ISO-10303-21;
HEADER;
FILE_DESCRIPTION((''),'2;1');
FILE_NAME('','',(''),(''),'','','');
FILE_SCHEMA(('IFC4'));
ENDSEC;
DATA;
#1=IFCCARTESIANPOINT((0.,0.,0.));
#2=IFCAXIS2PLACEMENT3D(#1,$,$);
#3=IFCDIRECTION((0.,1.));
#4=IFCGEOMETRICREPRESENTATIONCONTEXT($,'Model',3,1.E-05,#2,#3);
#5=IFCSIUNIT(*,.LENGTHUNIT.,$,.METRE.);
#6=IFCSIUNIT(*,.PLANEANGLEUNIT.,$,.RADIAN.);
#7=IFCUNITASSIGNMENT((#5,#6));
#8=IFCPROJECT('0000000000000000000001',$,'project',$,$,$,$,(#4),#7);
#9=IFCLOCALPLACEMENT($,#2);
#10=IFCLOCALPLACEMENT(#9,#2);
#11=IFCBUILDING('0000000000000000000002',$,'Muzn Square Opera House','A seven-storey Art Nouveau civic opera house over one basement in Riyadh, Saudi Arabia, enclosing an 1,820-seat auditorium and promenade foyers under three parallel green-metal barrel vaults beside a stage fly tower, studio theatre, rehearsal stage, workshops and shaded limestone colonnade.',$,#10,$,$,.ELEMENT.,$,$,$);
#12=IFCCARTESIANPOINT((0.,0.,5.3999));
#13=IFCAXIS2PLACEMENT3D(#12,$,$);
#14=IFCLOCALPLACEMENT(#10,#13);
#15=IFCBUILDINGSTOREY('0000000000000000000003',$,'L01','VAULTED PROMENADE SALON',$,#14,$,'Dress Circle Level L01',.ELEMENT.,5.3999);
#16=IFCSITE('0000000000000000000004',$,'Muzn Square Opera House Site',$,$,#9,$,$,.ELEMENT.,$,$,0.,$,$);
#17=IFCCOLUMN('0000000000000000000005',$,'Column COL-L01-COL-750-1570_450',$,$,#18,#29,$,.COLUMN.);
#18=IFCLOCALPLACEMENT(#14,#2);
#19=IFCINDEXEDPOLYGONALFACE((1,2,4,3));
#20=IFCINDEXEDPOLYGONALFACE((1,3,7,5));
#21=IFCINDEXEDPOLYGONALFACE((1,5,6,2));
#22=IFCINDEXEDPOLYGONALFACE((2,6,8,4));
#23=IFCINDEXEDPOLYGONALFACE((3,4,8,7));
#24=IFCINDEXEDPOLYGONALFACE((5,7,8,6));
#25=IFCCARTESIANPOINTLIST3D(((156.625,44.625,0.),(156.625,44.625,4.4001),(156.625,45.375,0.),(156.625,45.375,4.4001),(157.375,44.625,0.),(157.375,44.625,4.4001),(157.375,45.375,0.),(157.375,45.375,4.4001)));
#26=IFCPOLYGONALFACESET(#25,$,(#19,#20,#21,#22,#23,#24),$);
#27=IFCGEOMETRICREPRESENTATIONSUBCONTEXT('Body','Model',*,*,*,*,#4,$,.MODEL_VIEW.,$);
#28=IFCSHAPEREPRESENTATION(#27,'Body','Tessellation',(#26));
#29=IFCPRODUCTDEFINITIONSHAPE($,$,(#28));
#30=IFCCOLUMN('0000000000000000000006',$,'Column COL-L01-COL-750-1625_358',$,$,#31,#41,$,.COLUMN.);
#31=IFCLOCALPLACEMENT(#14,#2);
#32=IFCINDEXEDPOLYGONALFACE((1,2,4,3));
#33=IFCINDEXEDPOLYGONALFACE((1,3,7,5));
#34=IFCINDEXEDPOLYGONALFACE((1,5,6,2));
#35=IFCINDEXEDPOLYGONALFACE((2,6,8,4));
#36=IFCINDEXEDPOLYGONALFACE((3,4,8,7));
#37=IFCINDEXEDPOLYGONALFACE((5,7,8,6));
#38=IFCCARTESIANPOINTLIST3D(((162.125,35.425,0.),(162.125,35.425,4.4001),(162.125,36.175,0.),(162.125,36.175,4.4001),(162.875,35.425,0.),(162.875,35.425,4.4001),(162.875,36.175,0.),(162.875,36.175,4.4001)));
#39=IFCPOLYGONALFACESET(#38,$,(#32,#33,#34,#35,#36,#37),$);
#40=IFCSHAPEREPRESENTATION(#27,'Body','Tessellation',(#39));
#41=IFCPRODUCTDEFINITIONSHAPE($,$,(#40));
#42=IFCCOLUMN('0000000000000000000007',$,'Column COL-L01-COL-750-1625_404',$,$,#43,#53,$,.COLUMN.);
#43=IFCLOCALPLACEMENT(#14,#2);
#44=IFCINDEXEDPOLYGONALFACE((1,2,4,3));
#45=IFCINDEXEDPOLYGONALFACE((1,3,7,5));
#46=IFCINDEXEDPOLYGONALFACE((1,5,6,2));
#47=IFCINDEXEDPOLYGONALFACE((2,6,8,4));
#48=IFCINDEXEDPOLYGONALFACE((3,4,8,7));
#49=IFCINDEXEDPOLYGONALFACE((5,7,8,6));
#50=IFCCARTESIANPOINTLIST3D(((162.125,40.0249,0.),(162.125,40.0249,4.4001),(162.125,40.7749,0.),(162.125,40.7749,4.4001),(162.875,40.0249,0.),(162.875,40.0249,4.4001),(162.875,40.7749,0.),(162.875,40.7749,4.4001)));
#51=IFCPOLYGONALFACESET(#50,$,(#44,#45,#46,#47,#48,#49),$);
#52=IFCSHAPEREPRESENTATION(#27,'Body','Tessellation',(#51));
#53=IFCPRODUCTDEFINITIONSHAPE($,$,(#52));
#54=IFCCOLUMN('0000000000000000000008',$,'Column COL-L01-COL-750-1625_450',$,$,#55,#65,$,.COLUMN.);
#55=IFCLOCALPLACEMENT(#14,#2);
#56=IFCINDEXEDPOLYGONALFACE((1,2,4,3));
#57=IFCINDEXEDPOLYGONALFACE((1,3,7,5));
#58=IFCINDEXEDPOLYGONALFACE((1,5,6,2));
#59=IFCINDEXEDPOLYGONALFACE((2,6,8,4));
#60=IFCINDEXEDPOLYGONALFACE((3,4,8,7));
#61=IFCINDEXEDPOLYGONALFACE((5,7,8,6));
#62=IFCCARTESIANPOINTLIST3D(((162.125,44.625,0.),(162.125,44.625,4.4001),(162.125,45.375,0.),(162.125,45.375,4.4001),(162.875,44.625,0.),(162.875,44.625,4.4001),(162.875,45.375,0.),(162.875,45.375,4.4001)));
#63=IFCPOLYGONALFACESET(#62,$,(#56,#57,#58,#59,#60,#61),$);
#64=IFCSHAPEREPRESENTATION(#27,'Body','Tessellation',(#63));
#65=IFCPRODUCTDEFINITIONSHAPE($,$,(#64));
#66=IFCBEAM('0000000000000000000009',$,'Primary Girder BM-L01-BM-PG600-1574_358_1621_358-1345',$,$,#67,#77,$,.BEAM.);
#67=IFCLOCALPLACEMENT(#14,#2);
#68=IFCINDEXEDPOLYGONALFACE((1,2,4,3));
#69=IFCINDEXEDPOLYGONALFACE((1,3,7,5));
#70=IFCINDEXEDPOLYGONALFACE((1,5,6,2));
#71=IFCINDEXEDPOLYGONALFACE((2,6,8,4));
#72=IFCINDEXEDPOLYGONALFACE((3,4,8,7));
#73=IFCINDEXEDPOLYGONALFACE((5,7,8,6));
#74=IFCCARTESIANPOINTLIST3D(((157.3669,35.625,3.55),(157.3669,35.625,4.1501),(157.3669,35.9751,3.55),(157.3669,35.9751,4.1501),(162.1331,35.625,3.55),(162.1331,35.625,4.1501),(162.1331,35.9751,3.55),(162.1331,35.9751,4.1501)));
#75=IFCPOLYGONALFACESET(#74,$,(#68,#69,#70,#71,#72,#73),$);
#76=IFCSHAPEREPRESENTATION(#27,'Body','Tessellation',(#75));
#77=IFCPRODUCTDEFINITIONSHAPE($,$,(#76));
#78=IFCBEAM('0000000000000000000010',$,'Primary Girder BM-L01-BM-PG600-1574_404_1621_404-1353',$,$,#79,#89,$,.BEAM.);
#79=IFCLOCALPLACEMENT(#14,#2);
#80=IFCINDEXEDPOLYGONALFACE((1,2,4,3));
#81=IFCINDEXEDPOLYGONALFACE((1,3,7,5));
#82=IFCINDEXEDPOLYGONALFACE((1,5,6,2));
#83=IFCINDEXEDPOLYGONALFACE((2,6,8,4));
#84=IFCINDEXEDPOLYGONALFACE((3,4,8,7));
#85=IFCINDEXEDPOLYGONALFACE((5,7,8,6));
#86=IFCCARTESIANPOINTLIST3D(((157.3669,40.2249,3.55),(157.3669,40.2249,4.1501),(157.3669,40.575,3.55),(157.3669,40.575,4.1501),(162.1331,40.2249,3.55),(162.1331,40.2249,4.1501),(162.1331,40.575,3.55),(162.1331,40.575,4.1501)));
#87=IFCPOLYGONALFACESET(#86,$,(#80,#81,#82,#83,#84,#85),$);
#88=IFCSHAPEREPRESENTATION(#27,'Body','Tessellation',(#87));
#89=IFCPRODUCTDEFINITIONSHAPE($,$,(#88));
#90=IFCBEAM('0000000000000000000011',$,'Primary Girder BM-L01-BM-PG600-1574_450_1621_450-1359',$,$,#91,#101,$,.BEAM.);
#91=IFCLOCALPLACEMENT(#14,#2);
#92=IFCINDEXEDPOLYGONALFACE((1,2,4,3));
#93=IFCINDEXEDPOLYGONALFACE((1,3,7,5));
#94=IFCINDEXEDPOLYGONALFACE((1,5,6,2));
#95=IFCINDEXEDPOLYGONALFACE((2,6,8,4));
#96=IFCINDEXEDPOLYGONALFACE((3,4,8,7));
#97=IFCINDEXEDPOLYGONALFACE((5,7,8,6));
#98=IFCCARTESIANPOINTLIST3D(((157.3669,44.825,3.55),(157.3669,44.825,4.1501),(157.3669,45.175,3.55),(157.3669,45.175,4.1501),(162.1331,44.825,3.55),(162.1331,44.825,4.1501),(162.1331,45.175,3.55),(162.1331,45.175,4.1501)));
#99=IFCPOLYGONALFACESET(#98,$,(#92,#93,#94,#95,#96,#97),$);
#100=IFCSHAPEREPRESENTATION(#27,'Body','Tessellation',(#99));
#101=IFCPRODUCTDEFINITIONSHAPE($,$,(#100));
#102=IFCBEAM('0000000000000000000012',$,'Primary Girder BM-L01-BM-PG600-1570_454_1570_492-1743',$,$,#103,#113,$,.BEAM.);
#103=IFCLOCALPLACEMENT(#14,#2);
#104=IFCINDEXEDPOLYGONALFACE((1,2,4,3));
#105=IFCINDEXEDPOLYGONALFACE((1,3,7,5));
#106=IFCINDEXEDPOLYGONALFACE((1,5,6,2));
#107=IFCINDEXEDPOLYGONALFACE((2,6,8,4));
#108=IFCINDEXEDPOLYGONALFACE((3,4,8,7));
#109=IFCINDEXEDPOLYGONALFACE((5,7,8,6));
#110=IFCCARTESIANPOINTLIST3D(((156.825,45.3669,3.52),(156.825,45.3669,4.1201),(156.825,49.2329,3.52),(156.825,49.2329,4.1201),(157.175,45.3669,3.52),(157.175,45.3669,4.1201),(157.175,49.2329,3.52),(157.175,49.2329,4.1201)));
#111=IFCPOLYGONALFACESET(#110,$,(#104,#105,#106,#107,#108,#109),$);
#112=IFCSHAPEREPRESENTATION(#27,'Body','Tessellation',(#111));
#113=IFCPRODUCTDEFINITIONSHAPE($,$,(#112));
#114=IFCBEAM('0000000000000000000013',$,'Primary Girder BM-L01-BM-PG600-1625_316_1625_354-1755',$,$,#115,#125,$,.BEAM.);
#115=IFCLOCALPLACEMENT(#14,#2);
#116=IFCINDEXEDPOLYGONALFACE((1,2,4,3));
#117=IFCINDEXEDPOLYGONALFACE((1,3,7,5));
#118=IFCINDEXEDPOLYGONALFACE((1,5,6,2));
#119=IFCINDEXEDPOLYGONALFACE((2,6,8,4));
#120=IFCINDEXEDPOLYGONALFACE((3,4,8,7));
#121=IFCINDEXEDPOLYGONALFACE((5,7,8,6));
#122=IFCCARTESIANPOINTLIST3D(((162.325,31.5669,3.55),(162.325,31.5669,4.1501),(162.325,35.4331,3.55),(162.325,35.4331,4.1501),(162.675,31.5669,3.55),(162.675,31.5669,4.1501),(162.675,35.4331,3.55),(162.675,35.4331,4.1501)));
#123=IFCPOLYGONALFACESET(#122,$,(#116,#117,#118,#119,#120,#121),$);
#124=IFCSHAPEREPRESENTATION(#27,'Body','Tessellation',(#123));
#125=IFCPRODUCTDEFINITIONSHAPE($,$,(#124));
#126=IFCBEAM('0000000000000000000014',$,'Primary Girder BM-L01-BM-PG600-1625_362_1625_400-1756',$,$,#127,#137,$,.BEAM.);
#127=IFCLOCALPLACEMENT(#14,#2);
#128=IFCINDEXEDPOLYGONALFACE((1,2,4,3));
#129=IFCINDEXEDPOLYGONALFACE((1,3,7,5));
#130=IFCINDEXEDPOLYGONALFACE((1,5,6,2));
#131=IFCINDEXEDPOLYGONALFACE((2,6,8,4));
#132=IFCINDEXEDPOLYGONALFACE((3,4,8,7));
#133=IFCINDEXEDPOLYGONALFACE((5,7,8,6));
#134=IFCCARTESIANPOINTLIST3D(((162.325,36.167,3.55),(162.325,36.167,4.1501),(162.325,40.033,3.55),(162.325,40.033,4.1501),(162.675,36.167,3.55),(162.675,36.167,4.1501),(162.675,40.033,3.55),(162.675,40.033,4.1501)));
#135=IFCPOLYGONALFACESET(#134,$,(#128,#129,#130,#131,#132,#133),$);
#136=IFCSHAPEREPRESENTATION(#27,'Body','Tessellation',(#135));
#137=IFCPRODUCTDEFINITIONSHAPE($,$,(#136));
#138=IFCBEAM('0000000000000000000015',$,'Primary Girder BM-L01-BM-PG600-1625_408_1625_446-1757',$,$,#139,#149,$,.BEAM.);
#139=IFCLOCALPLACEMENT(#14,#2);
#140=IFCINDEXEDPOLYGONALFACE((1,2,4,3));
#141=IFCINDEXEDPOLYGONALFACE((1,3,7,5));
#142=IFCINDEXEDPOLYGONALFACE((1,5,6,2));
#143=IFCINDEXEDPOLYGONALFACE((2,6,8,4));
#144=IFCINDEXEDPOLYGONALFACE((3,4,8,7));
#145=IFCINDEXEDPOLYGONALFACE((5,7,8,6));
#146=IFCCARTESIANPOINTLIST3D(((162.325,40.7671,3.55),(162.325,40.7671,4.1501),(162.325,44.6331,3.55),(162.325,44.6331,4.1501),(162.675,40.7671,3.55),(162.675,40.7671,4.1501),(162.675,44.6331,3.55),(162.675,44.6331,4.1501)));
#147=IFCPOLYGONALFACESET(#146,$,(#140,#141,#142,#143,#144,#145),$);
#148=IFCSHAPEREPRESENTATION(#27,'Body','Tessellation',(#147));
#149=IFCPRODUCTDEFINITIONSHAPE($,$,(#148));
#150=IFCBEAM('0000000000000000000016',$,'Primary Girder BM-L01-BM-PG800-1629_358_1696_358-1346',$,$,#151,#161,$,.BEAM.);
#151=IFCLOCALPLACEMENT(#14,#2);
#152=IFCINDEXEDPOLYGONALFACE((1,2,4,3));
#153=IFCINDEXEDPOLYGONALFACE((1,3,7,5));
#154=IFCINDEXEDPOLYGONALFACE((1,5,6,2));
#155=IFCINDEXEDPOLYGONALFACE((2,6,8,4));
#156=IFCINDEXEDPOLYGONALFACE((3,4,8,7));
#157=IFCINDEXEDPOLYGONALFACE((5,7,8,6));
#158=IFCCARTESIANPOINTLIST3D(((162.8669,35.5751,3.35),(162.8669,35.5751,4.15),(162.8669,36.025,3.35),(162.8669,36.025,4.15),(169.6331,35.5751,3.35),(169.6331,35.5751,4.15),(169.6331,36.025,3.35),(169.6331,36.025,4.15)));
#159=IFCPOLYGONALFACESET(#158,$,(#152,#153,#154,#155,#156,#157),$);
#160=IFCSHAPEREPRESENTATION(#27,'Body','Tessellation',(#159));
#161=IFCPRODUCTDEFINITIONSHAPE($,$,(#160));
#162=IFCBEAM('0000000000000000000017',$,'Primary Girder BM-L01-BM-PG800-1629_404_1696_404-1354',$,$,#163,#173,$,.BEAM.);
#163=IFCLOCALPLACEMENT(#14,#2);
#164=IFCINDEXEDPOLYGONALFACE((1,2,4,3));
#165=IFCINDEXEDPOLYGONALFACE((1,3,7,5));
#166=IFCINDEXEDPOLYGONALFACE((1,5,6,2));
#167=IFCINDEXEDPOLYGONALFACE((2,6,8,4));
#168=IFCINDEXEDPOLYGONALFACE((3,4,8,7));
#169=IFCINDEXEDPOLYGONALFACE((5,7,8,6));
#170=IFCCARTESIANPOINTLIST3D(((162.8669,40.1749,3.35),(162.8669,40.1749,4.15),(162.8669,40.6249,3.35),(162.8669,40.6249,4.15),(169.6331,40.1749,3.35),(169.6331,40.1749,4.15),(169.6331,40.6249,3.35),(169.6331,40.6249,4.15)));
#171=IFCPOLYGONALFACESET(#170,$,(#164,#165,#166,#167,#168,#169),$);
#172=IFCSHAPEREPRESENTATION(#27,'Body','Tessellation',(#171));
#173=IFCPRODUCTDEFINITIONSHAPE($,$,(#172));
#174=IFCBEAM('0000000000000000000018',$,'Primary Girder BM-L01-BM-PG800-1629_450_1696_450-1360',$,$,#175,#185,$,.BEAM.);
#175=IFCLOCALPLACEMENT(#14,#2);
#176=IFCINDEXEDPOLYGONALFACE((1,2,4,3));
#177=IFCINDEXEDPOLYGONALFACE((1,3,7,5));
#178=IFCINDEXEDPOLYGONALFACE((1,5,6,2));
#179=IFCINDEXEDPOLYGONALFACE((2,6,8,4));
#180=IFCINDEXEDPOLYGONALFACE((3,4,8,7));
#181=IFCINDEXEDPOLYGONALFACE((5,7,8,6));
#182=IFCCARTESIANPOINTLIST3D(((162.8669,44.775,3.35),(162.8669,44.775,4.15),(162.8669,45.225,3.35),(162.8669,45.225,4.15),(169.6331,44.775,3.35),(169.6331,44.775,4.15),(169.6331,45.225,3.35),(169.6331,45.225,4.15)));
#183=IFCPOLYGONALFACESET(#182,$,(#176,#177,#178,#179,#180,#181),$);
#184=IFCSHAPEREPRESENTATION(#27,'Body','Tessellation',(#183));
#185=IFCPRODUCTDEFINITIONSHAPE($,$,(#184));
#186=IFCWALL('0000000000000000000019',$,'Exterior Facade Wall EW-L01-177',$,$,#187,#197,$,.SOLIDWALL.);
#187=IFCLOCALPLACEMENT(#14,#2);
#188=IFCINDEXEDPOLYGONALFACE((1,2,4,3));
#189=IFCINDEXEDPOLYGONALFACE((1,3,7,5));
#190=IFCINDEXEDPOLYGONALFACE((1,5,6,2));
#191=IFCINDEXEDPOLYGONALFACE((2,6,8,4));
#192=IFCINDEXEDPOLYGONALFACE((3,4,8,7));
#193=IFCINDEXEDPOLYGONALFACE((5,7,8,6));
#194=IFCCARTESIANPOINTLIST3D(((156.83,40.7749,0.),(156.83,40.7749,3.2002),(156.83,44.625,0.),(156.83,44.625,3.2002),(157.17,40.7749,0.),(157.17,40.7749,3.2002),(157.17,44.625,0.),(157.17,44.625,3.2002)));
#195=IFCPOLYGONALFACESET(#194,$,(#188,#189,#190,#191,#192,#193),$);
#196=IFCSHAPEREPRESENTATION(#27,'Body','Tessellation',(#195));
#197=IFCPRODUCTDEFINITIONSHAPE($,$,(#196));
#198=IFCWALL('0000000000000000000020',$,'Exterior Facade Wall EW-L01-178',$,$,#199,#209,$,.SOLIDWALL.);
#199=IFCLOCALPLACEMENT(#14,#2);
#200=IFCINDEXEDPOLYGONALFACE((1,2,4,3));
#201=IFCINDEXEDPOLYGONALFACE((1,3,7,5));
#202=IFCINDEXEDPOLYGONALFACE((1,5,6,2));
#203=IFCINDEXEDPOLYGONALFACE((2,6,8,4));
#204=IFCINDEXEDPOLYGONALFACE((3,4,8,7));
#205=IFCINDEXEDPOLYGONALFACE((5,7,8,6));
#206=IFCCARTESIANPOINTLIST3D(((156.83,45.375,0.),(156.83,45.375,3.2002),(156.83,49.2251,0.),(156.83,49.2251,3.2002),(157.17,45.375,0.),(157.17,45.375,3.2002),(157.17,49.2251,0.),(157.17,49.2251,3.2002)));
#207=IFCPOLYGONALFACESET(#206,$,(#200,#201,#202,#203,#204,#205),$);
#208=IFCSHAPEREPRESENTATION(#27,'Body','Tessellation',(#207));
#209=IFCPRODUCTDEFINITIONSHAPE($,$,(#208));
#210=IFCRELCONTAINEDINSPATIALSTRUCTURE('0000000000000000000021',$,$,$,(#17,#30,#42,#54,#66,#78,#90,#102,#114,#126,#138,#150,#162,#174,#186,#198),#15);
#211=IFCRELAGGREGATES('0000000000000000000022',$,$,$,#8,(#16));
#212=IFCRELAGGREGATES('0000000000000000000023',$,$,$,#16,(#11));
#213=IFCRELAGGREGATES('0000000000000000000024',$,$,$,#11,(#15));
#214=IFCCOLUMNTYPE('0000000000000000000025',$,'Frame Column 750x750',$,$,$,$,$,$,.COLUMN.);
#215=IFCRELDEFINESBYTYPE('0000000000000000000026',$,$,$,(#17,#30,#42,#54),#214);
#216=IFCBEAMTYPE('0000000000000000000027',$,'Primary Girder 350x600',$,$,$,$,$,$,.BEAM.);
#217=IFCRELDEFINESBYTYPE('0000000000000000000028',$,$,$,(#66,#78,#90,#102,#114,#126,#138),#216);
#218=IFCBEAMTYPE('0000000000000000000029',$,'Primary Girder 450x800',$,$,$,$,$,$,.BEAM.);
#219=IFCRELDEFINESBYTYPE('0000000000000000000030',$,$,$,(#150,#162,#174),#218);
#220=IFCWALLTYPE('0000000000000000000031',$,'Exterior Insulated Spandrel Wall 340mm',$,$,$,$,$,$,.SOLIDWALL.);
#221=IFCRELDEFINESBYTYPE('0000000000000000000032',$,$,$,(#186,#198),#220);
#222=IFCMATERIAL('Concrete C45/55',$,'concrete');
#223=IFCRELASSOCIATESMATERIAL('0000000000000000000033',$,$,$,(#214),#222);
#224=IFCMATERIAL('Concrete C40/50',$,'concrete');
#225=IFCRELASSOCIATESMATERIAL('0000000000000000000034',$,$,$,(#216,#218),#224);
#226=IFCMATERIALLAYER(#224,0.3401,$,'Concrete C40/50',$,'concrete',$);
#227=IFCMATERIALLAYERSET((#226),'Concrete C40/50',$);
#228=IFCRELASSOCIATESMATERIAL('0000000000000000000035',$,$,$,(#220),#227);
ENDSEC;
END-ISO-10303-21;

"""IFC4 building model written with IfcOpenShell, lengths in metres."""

from ifc_helpers import new_model, si_unit, direction, frame, frame_2d, origin, origin_2d, place, context, subcontext, project, spatial, rectangle, extrude, material, layer, layer_set, material_profile, profile_set, type_object, element, save


model = new_model("IFC4")

# Units and contexts
model_context = context("Model", 3, precision=1e-05, world=origin(), true_north=direction((0.0, 1.0)))
body_context = subcontext(model_context, "Body", "Model", "MODEL_VIEW")
ifc_project = project(units=[si_unit("LENGTHUNIT", "METRE"), si_unit("PLANEANGLEUNIT", "RADIAN")], contexts=[model_context])

# Site, building, storey
site_placement = place(None, origin())
site = spatial("IfcSite", under=ifc_project, at=site_placement, Name="Muzn Square Opera House Site", CompositionType="ELEMENT", RefElevation=0.0)
building_placement = place(site_placement, origin())
building = spatial("IfcBuilding", under=site, at=building_placement, Name="Muzn Square Opera House", Description="A seven-storey Art Nouveau civic opera house over one basement in Riyadh, Saudi Arabia, enclosing an 1,820-seat auditorium and promenade foyers under three parallel green-metal barrel vaults beside a stage fly tower, studio theatre, rehearsal stage, workshops and shaded limestone colonnade.", CompositionType="ELEMENT")
storey_placement = place(building_placement, frame((0.0, 0.0, 5.3999)))
storey = spatial("IfcBuildingStorey", under=building, at=storey_placement, Name="L01", Description="VAULTED PROMENADE SALON", LongName="Dress Circle Level L01", CompositionType="ELEMENT", Elevation=5.3999)

# Columns
ifc_material_1 = material(Name="Concrete C45/55", Category="concrete")
ifc_material_profile_1 = material_profile(ifc_material_1, rectangle(XDim=0.75, YDim=0.75, at=origin_2d()), Name="RC 750x750", Category="concrete")
ifc_profile_set_1 = profile_set([ifc_material_profile_1], Name="Concrete C45/55")
column_type = type_object("IfcColumnType", Name="Frame Column 750x750", PredefinedType="COLUMN", material=ifc_profile_set_1)
for number, where, z_axis, x_axis, name in (
    (1, (157.0, 45.0, 0.0), (0.0, 0.0, 1.0), (1.0, 0.0, 0.0), "Column COL-L01-COL-750-1570_450"),
    (2, (162.5, 35.8, 0.0), (0.0, 0.0, 1.0), (1.0, 0.0, 0.0), "Column COL-L01-COL-750-1625_358"),
    (3, (162.5, 40.3999, 0.0), (0.0, 0.0, 1.0), (1.0, 0.0, 0.0), "Column COL-L01-COL-750-1625_404"),
    (4, (162.5, 45.0, 0.0), (0.0, 0.0, 1.0), (1.0, 0.0, 0.0), "Column COL-L01-COL-750-1625_450"),
):
    element("IfcColumn", number, at=place(storey_placement, frame(where, z_axis=z_axis, x_axis=x_axis)), inside=storey, type_object=column_type, Name=name, PredefinedType="COLUMN", context=body_context, shape_type="SweptSolid", body=[
        extrude(rectangle(XDim=0.75, YDim=0.75, at=origin_2d()), origin(), (0.0, 0.0, 1.0), 4.4001),
    ])

# Beams
ifc_material_2 = material(Name="Concrete C40/50", Category="concrete")
ifc_material_profile_2 = material_profile(ifc_material_2, rectangle(XDim=0.3501, YDim=0.6001, at=origin_2d()), Name="RCB 350x600", Category="concrete")
ifc_profile_set_2 = profile_set([ifc_material_profile_2], Name="Concrete C40/50")
beam_type_1 = type_object("IfcBeamType", Name="Primary Girder 350x600", PredefinedType="BEAM", material=ifc_profile_set_2)
for number, where, z_axis, x_axis, name in (
    (5, (157.3669, 35.8, 3.8501), (1.0, 0.0, 0.0), (0.0, 1.0, 0.0), "Primary Girder BM-L01-BM-PG600-1574_358_1621_358-1345"),
    (6, (157.3669, 40.3999, 3.8501), (1.0, 0.0, 0.0), (0.0, 1.0, 0.0), "Primary Girder BM-L01-BM-PG600-1574_404_1621_404-1353"),
    (7, (157.3669, 45.0, 3.8501), (1.0, 0.0, 0.0), (0.0, 1.0, 0.0), "Primary Girder BM-L01-BM-PG600-1574_450_1621_450-1359"),
):
    element("IfcBeam", number, at=place(storey_placement, frame(where, z_axis=z_axis, x_axis=x_axis)), inside=storey, type_object=beam_type_1, Name=name, PredefinedType="BEAM", context=body_context, shape_type="SweptSolid", body=[
        extrude(rectangle(XDim=0.3501, YDim=0.6001, at=origin_2d()), origin(), (0.0, 0.0, 1.0), 4.7661),
    ])
beam_1_placement = place(storey_placement, frame((157.0, 45.3669, 3.8201), z_axis=(0.0, 1.0, 0.0), x_axis=(-1.0, 0.0, 0.0)))
element("IfcBeam", 8, at=beam_1_placement, inside=storey, type_object=beam_type_1, Name="Primary Girder BM-L01-BM-PG600-1570_454_1570_492-1743", PredefinedType="BEAM", context=body_context, shape_type="SweptSolid", body=[
    extrude(rectangle(XDim=0.3501, YDim=0.6001, at=origin_2d()), origin(), (0.0, 0.0, 1.0), 3.866),
])
beam_2_placement = place(storey_placement, frame((162.5, 31.5669, 3.8501), z_axis=(0.0, 1.0, 0.0), x_axis=(-1.0, 0.0, 0.0)))
element("IfcBeam", 9, at=beam_2_placement, inside=storey, type_object=beam_type_1, Name="Primary Girder BM-L01-BM-PG600-1625_316_1625_354-1755", PredefinedType="BEAM", context=body_context, shape_type="SweptSolid", body=[
    extrude(rectangle(XDim=0.3501, YDim=0.6001, at=origin_2d()), origin(), (0.0, 0.0, 1.0), 3.8662),
])
for number, where, z_axis, x_axis, name in (
    (10, (162.5, 36.167, 3.8501), (0.0, 1.0, 0.0), (-1.0, 0.0, 0.0), "Primary Girder BM-L01-BM-PG600-1625_362_1625_400-1756"),
    (11, (162.5, 40.7671, 3.8501), (0.0, 1.0, 0.0), (-1.0, 0.0, 0.0), "Primary Girder BM-L01-BM-PG600-1625_408_1625_446-1757"),
):
    element("IfcBeam", number, at=place(storey_placement, frame(where, z_axis=z_axis, x_axis=x_axis)), inside=storey, type_object=beam_type_1, Name=name, PredefinedType="BEAM", context=body_context, shape_type="SweptSolid", body=[
        extrude(rectangle(XDim=0.3501, YDim=0.6001, at=origin_2d()), origin(), (0.0, 0.0, 1.0), 3.866),
    ])
ifc_material_profile_3 = material_profile(ifc_material_2, rectangle(XDim=0.45, YDim=0.8, at=origin_2d()), Name="RCB 450x800", Category="concrete")
ifc_profile_set_3 = profile_set([ifc_material_profile_3], Name="Concrete C40/50")
beam_type_2 = type_object("IfcBeamType", Name="Primary Girder 450x800", PredefinedType="BEAM", material=ifc_profile_set_3)
for number, where, z_axis, x_axis, name in (
    (12, (162.8669, 35.8, 3.75), (1.0, 0.0, 0.0), (0.0, 1.0, 0.0), "Primary Girder BM-L01-BM-PG800-1629_358_1696_358-1346"),
    (13, (162.8669, 40.3999, 3.75), (1.0, 0.0, 0.0), (0.0, 1.0, 0.0), "Primary Girder BM-L01-BM-PG800-1629_404_1696_404-1354"),
    (14, (162.8669, 45.0, 3.75), (1.0, 0.0, 0.0), (0.0, 1.0, 0.0), "Primary Girder BM-L01-BM-PG800-1629_450_1696_450-1360"),
):
    element("IfcBeam", number, at=place(storey_placement, frame(where, z_axis=z_axis, x_axis=x_axis)), inside=storey, type_object=beam_type_2, Name=name, PredefinedType="BEAM", context=body_context, shape_type="SweptSolid", body=[
        extrude(rectangle(XDim=0.45, YDim=0.8, at=origin_2d()), origin(), (0.0, 0.0, 1.0), 6.7661),
    ])

# Walls
ifc_layer_1 = layer(ifc_material_2, 0.3401, Name="Concrete C40/50", Category="concrete")
ifc_layer_set_1 = layer_set([ifc_layer_1], Name="Concrete C40/50")
wall_type_1 = type_object("IfcWallType", Name="Exterior Insulated Spandrel Wall 340mm", PredefinedType="SOLIDWALL", material=ifc_layer_set_1)
for number, where, z_axis, x_axis, name in (
    (15, (157.0, 40.7749, 0.0), (0.0, 0.0, 1.0), (0.0, 1.0, 0.0), "Exterior Facade Wall EW-L01-177"),
    (16, (157.0, 45.375, 0.0), (0.0, 0.0, 1.0), (0.0, 1.0, 0.0), "Exterior Facade Wall EW-L01-178"),
):
    element("IfcWall", number, at=place(storey_placement, frame(where, z_axis=z_axis, x_axis=x_axis)), inside=storey, type_object=wall_type_1, Name=name, PredefinedType="SOLIDWALL", context=body_context, shape_type="SweptSolid", body=[
        extrude(rectangle(XDim=3.8501, YDim=0.3401, at=frame_2d((1.925, 0.0))), origin(), (0.0, 0.0, 1.0), 3.2002),
    ])

save(model, "model.ifc")
